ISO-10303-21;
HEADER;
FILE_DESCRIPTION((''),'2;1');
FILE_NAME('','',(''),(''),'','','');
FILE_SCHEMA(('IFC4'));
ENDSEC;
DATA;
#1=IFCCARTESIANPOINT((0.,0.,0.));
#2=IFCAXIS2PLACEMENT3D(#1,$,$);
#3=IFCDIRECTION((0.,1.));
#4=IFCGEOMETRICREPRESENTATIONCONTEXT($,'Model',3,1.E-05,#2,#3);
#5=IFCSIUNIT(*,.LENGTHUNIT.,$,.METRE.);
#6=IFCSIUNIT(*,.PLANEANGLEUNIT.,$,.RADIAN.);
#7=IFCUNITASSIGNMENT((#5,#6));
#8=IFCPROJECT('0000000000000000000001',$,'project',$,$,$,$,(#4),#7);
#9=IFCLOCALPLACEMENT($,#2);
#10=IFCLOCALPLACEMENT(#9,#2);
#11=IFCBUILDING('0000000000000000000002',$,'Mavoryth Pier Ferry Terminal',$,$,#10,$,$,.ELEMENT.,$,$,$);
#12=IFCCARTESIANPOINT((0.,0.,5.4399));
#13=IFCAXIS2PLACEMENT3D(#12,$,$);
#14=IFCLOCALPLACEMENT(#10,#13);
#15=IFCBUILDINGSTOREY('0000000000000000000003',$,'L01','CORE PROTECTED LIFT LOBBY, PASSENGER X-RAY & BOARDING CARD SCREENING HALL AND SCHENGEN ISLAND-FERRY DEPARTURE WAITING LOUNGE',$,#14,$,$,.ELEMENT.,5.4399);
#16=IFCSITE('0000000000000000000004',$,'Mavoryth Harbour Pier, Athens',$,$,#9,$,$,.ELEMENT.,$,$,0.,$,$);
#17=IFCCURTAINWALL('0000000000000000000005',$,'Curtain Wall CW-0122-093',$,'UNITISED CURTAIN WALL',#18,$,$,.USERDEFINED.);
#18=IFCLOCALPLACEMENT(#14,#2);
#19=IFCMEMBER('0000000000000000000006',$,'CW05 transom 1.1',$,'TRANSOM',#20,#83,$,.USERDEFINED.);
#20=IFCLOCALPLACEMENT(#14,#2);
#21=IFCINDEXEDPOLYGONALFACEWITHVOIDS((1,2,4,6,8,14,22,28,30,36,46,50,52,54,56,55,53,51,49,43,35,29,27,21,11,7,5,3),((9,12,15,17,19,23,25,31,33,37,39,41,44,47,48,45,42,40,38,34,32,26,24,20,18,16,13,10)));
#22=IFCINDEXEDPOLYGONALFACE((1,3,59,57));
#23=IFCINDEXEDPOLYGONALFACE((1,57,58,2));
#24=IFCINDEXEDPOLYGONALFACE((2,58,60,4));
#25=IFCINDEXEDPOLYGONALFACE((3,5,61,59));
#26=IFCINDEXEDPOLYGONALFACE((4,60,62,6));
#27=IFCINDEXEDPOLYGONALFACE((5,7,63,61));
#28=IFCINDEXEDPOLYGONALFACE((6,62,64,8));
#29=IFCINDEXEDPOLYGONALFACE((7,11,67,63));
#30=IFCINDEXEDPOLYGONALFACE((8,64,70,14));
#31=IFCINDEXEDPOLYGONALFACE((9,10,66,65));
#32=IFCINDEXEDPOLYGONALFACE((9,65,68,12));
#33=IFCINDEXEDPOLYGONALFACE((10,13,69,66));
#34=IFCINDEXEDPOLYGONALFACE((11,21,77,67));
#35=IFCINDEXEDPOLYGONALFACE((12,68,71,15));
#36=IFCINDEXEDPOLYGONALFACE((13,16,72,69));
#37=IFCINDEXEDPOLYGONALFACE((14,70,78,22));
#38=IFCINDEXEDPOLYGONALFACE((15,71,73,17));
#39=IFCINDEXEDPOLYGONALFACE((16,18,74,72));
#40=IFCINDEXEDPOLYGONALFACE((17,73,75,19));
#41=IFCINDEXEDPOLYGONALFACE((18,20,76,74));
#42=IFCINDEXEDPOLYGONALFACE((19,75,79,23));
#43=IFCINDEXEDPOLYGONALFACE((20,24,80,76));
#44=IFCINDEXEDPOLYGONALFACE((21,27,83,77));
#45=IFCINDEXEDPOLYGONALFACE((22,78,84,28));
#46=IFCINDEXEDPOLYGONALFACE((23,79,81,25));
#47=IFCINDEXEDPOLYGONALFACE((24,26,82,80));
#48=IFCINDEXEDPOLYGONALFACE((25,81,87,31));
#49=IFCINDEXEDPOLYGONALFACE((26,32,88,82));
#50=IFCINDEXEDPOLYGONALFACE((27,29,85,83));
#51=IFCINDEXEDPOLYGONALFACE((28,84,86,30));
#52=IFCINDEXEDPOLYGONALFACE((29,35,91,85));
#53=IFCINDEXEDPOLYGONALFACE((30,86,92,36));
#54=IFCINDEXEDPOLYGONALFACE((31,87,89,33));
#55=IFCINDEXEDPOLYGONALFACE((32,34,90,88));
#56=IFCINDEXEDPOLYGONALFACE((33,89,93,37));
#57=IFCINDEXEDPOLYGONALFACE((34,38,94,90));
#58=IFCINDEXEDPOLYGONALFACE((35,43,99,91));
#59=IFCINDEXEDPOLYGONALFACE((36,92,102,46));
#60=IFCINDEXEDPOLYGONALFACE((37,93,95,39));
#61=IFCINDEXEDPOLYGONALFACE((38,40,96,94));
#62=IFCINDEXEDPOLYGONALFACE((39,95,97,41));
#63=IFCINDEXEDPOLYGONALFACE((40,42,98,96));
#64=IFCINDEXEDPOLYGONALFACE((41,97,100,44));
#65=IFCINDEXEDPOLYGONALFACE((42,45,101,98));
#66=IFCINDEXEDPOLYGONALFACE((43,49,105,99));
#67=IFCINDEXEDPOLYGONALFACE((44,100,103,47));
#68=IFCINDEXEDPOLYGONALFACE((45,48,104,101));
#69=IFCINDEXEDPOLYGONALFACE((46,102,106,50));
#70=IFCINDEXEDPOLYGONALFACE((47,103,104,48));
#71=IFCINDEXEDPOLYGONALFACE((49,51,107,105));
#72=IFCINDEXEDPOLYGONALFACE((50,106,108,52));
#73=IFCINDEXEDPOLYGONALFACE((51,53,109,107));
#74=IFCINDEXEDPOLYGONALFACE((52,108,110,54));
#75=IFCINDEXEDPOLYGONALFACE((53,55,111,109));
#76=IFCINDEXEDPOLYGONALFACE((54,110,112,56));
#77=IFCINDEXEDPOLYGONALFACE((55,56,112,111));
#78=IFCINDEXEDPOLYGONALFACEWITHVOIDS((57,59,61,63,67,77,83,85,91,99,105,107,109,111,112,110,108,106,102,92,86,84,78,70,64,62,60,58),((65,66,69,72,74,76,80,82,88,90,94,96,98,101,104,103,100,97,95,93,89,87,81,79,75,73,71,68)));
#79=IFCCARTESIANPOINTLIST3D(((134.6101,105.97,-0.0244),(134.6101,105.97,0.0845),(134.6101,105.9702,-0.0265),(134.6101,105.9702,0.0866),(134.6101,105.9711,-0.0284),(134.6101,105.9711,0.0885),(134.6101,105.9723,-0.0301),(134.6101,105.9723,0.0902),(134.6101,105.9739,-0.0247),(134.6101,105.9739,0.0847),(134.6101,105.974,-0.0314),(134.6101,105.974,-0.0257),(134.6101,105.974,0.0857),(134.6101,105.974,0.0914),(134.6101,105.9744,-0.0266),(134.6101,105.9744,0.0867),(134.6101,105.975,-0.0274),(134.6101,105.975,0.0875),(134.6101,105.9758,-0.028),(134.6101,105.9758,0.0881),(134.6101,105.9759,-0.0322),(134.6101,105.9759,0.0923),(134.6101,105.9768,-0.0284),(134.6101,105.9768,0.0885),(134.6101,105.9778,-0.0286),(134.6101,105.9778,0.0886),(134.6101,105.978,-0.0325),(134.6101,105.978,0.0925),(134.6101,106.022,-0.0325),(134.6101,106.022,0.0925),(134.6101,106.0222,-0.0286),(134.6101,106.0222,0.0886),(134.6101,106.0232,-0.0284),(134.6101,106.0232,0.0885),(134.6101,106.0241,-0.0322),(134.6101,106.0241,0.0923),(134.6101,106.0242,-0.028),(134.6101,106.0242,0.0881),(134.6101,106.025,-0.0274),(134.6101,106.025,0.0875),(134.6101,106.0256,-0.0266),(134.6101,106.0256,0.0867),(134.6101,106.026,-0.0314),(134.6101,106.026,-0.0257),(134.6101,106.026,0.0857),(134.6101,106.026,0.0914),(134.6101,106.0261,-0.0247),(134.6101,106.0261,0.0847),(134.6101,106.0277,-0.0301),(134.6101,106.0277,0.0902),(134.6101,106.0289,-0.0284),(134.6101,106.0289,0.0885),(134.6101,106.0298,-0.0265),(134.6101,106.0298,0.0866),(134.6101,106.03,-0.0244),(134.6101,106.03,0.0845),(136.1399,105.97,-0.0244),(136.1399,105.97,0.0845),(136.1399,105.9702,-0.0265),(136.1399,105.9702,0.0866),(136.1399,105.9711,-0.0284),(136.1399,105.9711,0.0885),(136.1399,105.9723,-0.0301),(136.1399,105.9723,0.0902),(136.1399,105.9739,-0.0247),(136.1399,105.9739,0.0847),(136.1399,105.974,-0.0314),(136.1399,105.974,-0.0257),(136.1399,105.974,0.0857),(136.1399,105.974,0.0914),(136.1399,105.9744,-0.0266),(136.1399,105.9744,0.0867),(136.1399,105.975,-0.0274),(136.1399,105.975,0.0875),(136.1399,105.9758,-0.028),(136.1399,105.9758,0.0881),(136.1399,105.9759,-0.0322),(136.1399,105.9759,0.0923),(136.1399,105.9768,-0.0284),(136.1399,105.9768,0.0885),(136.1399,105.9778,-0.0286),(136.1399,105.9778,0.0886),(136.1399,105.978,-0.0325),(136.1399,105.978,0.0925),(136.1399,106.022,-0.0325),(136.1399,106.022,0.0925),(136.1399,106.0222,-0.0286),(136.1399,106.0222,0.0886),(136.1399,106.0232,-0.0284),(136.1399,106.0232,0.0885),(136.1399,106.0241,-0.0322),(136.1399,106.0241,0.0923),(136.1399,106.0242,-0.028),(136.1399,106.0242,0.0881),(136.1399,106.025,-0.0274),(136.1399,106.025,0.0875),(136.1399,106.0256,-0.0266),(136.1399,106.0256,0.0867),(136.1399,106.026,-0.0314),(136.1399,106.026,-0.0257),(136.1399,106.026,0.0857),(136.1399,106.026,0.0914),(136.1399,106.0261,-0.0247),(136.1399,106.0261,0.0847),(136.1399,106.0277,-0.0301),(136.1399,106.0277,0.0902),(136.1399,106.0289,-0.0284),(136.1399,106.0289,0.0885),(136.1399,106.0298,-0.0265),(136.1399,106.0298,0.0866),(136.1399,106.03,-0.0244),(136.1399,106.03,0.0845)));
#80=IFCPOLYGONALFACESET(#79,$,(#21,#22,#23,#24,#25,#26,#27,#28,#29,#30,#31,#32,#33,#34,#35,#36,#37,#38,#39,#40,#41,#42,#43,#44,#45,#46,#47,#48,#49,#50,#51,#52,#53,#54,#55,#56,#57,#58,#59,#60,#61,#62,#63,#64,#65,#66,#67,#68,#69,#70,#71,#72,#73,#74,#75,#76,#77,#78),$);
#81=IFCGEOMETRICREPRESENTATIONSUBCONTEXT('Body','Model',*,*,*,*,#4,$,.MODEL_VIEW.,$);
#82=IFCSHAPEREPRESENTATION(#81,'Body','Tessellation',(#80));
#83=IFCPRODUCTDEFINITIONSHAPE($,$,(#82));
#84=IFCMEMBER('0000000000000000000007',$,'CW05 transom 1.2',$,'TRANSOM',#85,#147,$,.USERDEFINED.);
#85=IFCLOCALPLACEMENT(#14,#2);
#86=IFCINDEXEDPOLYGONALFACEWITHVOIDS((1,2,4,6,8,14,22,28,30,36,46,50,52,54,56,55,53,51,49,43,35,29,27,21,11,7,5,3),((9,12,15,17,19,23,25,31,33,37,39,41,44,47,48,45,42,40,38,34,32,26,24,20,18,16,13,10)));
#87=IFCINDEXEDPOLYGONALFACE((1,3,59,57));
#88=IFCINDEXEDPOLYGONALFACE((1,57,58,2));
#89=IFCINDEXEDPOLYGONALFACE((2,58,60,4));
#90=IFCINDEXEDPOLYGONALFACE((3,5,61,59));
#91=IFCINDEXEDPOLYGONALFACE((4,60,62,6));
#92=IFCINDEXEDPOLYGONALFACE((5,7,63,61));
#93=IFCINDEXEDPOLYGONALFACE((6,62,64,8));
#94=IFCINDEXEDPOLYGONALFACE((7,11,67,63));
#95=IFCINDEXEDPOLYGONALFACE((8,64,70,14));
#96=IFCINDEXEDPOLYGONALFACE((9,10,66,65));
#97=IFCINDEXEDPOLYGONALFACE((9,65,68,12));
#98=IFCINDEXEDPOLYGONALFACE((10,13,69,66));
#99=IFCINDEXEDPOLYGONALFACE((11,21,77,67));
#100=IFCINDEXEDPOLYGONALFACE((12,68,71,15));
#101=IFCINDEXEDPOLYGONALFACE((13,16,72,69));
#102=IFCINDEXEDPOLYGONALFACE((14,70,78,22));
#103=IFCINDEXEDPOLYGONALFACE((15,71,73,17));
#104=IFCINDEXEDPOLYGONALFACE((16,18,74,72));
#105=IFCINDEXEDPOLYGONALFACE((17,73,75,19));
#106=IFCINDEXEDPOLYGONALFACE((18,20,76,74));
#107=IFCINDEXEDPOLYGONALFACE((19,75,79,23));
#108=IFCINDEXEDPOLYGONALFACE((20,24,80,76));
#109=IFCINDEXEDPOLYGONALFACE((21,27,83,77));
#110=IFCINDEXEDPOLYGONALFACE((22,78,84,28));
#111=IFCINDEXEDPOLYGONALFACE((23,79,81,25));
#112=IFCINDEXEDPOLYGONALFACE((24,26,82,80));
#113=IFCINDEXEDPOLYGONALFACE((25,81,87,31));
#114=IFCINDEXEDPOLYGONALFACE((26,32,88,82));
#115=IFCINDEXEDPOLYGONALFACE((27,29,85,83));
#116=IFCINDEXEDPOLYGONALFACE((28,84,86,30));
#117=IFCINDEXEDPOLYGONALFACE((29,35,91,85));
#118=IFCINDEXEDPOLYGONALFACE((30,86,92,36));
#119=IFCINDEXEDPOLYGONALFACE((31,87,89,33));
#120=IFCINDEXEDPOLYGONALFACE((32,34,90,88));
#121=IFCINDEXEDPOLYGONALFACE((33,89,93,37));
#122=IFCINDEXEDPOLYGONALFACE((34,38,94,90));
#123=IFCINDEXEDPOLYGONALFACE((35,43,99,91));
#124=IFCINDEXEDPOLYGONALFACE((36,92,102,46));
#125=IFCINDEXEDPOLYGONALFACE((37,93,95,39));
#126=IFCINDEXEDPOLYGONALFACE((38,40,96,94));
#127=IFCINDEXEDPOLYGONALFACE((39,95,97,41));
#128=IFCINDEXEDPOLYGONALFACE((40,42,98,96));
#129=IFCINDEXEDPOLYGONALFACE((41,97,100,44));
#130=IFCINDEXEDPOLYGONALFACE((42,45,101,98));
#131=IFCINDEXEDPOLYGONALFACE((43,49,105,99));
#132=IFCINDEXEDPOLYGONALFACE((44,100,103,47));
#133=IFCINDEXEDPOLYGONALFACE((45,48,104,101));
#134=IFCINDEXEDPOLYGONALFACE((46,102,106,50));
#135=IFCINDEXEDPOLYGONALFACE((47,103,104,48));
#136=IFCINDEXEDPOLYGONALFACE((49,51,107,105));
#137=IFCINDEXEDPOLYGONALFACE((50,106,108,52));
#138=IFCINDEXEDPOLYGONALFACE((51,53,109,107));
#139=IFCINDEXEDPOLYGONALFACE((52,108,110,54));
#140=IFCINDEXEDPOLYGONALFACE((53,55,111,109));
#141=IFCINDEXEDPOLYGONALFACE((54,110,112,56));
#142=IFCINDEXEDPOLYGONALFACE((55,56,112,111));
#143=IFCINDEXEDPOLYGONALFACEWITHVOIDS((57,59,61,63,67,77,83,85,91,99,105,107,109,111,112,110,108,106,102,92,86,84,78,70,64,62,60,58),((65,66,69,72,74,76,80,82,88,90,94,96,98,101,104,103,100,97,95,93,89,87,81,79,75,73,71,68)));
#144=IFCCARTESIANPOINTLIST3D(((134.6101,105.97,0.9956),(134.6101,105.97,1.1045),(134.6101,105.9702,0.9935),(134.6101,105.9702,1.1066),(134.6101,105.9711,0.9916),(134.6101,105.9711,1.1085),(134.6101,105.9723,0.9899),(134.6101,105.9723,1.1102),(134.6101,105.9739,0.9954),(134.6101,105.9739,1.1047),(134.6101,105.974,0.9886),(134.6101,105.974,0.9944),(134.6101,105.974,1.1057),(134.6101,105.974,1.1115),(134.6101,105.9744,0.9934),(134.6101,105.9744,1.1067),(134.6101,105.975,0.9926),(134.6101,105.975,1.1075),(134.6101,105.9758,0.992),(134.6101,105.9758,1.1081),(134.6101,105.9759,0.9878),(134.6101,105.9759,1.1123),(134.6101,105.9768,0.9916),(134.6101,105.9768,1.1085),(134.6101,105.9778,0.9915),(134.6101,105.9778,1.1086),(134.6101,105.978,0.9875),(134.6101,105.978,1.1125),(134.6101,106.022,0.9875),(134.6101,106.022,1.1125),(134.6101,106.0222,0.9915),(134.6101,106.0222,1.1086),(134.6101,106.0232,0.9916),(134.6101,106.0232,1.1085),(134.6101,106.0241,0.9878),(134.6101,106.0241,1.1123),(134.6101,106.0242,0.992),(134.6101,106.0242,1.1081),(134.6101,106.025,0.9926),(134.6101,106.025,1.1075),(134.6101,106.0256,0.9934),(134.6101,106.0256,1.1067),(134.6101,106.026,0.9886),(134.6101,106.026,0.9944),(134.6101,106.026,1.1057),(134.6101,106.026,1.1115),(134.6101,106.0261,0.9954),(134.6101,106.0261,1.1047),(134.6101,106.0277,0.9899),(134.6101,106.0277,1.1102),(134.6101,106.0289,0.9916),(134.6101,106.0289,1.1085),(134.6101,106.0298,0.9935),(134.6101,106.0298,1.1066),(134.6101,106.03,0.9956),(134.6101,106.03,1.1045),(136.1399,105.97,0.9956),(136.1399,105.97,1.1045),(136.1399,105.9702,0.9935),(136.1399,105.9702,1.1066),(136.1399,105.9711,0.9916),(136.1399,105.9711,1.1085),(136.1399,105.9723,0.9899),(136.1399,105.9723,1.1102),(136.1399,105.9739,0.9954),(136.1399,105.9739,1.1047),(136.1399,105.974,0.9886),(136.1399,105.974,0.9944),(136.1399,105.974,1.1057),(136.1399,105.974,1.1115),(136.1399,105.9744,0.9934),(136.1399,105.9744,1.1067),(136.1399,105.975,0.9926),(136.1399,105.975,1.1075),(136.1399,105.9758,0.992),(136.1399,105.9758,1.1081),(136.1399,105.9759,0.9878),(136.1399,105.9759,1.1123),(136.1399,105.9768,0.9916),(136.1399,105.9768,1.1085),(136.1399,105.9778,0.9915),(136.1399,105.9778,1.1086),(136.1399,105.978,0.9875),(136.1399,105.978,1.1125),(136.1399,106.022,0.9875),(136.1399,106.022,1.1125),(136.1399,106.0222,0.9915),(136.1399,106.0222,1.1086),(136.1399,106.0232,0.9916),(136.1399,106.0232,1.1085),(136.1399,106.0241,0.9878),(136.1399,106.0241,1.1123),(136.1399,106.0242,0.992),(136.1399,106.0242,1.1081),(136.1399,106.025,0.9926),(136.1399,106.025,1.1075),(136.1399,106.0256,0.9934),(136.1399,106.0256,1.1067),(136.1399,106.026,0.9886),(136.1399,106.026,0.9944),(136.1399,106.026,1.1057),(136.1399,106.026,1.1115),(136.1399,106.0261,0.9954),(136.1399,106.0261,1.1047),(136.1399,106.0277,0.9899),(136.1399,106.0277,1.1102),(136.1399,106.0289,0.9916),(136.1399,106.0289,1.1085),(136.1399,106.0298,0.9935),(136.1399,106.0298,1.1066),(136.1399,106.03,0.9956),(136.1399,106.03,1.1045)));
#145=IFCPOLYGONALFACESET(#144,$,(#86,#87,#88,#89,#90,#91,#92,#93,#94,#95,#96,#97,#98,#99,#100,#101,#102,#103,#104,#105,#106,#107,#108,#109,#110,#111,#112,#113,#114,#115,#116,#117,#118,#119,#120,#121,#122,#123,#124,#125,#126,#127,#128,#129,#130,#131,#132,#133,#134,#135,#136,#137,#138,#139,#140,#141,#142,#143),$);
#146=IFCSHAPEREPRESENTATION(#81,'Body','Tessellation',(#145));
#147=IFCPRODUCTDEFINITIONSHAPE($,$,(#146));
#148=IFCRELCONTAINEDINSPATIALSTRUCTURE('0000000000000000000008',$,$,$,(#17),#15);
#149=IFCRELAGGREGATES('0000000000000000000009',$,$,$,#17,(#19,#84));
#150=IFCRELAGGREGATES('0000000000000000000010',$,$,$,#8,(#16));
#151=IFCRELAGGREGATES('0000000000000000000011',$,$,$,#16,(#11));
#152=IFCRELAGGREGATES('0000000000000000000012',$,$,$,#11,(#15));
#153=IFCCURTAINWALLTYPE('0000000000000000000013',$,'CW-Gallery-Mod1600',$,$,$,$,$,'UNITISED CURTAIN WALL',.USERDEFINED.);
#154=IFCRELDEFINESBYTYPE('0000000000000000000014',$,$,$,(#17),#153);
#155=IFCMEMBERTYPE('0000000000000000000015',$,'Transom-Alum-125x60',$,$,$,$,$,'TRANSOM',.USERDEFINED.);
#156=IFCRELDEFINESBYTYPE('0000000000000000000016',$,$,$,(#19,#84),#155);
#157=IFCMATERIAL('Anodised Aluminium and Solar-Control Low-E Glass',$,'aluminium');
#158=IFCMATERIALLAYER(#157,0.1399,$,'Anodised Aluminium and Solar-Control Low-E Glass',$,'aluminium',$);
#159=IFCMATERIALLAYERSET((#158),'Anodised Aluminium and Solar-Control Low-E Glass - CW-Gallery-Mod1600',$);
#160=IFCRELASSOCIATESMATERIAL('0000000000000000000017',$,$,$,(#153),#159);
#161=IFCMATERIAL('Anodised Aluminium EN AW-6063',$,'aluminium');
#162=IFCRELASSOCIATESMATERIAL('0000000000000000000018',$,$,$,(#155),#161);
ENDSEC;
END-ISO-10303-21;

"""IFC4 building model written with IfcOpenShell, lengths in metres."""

from ifc_helpers import new_model, si_unit, direction, frame, origin, origin_2d, place, context, subcontext, project, spatial, hollow_rectangle, extrude, material, layer, layer_set, material_profile, profile_set, type_object, element, aggregate, save


model = new_model("IFC4")

# Units and contexts
model_context = context("Model", 3, precision=1e-05, world=origin(), true_north=direction((0.0, 1.0)))
body_context = subcontext(model_context, "Body", "Model", "MODEL_VIEW")
ifc_project = project(units=[si_unit("LENGTHUNIT", "METRE"), si_unit("PLANEANGLEUNIT", "RADIAN")], contexts=[model_context])

# Site, building, storey
site_placement = place(None, origin())
site = spatial("IfcSite", under=ifc_project, at=site_placement, Name="Mavoryth Harbour Pier, Athens", CompositionType="ELEMENT", RefElevation=0.0)
building_placement = place(site_placement, origin())
building = spatial("IfcBuilding", under=site, at=building_placement, Name="Mavoryth Pier Ferry Terminal", CompositionType="ELEMENT")
storey_placement = place(building_placement, frame((0.0, 0.0, 5.4399)))
storey = spatial("IfcBuildingStorey", under=building, at=storey_placement, Name="L01", Description="CORE PROTECTED LIFT LOBBY, PASSENGER X-RAY & BOARDING CARD SCREENING HALL AND SCHENGEN ISLAND-FERRY DEPARTURE WAITING LOUNGE", CompositionType="ELEMENT", Elevation=5.4399)

# Curtain wall
ifc_material_1 = material(Name="Anodised Aluminium and Solar-Control Low-E Glass", Category="aluminium")
ifc_layer_1 = layer(ifc_material_1, 0.1399, Name="Anodised Aluminium and Solar-Control Low-E Glass", Category="aluminium")
ifc_layer_set_1 = layer_set([ifc_layer_1], Name="Anodised Aluminium and Solar-Control Low-E Glass - CW-Gallery-Mod1600")
curtain_wall_type = type_object("IfcCurtainWallType", Name="CW-Gallery-Mod1600", ElementType="UNITISED CURTAIN WALL", PredefinedType="USERDEFINED", material=ifc_layer_set_1)
ifc_material_2 = material(Name="Anodised Aluminium EN AW-6063", Category="aluminium")
curtain_wall_1_placement = place(storey_placement, origin())
curtain_wall_1 = element("IfcCurtainWall", 1, at=curtain_wall_1_placement, inside=storey, type_object=curtain_wall_type, Name="Curtain Wall CW-0122-093", ObjectType="UNITISED CURTAIN WALL", PredefinedType="USERDEFINED")

# Members
ifc_material_profile_1 = material_profile(ifc_material_2, hollow_rectangle(XDim=0.0601, YDim=0.125, WallThickness=0.0039, InnerFilletRadius=0.0039, OuterFilletRadius=0.0081, at=origin_2d()), Name="AL-TRAN 125x60x4", Category="aluminium")
ifc_profile_set_1 = profile_set([ifc_material_profile_1], Name="Anodised Aluminium EN AW-6063 - AL-TRAN 125x60x4")
member_type_1 = type_object("IfcMemberType", Name="Transom-Alum-125x60", ElementType="TRANSOM", PredefinedType="USERDEFINED", material=ifc_profile_set_1)
member_1_placement = place(storey_placement, frame((134.6101, 106.0, 0.03), z_axis=(1.0, 0.0, 0.0), x_axis=(0.0, 1.0, 0.0)))
member_1 = element("IfcMember", 2, at=member_1_placement, type_object=member_type_1, Name="CW05 transom 1.1", ObjectType="TRANSOM", PredefinedType="USERDEFINED", context=body_context, shape_type="SweptSolid", body=[
    extrude(hollow_rectangle(XDim=0.0601, YDim=0.125, WallThickness=0.0039, InnerFilletRadius=0.0039, OuterFilletRadius=0.0081, at=origin_2d()), origin(), (0.0, 0.0, 1.0), 1.5298),
])
member_2_placement = place(storey_placement, frame((134.6101, 106.0, 1.05), z_axis=(1.0, 0.0, 0.0), x_axis=(0.0, 1.0, 0.0)))
member_2 = element("IfcMember", 3, at=member_2_placement, type_object=member_type_1, Name="CW05 transom 1.2", ObjectType="TRANSOM", PredefinedType="USERDEFINED", context=body_context, shape_type="SweptSolid", body=[
    extrude(hollow_rectangle(XDim=0.0601, YDim=0.125, WallThickness=0.0039, InnerFilletRadius=0.0039, OuterFilletRadius=0.0081, at=origin_2d()), origin(), (0.0, 0.0, 1.0), 1.5298),
])

aggregate(curtain_wall_1, [member_1, member_2])

save(model, "model.ifc")
